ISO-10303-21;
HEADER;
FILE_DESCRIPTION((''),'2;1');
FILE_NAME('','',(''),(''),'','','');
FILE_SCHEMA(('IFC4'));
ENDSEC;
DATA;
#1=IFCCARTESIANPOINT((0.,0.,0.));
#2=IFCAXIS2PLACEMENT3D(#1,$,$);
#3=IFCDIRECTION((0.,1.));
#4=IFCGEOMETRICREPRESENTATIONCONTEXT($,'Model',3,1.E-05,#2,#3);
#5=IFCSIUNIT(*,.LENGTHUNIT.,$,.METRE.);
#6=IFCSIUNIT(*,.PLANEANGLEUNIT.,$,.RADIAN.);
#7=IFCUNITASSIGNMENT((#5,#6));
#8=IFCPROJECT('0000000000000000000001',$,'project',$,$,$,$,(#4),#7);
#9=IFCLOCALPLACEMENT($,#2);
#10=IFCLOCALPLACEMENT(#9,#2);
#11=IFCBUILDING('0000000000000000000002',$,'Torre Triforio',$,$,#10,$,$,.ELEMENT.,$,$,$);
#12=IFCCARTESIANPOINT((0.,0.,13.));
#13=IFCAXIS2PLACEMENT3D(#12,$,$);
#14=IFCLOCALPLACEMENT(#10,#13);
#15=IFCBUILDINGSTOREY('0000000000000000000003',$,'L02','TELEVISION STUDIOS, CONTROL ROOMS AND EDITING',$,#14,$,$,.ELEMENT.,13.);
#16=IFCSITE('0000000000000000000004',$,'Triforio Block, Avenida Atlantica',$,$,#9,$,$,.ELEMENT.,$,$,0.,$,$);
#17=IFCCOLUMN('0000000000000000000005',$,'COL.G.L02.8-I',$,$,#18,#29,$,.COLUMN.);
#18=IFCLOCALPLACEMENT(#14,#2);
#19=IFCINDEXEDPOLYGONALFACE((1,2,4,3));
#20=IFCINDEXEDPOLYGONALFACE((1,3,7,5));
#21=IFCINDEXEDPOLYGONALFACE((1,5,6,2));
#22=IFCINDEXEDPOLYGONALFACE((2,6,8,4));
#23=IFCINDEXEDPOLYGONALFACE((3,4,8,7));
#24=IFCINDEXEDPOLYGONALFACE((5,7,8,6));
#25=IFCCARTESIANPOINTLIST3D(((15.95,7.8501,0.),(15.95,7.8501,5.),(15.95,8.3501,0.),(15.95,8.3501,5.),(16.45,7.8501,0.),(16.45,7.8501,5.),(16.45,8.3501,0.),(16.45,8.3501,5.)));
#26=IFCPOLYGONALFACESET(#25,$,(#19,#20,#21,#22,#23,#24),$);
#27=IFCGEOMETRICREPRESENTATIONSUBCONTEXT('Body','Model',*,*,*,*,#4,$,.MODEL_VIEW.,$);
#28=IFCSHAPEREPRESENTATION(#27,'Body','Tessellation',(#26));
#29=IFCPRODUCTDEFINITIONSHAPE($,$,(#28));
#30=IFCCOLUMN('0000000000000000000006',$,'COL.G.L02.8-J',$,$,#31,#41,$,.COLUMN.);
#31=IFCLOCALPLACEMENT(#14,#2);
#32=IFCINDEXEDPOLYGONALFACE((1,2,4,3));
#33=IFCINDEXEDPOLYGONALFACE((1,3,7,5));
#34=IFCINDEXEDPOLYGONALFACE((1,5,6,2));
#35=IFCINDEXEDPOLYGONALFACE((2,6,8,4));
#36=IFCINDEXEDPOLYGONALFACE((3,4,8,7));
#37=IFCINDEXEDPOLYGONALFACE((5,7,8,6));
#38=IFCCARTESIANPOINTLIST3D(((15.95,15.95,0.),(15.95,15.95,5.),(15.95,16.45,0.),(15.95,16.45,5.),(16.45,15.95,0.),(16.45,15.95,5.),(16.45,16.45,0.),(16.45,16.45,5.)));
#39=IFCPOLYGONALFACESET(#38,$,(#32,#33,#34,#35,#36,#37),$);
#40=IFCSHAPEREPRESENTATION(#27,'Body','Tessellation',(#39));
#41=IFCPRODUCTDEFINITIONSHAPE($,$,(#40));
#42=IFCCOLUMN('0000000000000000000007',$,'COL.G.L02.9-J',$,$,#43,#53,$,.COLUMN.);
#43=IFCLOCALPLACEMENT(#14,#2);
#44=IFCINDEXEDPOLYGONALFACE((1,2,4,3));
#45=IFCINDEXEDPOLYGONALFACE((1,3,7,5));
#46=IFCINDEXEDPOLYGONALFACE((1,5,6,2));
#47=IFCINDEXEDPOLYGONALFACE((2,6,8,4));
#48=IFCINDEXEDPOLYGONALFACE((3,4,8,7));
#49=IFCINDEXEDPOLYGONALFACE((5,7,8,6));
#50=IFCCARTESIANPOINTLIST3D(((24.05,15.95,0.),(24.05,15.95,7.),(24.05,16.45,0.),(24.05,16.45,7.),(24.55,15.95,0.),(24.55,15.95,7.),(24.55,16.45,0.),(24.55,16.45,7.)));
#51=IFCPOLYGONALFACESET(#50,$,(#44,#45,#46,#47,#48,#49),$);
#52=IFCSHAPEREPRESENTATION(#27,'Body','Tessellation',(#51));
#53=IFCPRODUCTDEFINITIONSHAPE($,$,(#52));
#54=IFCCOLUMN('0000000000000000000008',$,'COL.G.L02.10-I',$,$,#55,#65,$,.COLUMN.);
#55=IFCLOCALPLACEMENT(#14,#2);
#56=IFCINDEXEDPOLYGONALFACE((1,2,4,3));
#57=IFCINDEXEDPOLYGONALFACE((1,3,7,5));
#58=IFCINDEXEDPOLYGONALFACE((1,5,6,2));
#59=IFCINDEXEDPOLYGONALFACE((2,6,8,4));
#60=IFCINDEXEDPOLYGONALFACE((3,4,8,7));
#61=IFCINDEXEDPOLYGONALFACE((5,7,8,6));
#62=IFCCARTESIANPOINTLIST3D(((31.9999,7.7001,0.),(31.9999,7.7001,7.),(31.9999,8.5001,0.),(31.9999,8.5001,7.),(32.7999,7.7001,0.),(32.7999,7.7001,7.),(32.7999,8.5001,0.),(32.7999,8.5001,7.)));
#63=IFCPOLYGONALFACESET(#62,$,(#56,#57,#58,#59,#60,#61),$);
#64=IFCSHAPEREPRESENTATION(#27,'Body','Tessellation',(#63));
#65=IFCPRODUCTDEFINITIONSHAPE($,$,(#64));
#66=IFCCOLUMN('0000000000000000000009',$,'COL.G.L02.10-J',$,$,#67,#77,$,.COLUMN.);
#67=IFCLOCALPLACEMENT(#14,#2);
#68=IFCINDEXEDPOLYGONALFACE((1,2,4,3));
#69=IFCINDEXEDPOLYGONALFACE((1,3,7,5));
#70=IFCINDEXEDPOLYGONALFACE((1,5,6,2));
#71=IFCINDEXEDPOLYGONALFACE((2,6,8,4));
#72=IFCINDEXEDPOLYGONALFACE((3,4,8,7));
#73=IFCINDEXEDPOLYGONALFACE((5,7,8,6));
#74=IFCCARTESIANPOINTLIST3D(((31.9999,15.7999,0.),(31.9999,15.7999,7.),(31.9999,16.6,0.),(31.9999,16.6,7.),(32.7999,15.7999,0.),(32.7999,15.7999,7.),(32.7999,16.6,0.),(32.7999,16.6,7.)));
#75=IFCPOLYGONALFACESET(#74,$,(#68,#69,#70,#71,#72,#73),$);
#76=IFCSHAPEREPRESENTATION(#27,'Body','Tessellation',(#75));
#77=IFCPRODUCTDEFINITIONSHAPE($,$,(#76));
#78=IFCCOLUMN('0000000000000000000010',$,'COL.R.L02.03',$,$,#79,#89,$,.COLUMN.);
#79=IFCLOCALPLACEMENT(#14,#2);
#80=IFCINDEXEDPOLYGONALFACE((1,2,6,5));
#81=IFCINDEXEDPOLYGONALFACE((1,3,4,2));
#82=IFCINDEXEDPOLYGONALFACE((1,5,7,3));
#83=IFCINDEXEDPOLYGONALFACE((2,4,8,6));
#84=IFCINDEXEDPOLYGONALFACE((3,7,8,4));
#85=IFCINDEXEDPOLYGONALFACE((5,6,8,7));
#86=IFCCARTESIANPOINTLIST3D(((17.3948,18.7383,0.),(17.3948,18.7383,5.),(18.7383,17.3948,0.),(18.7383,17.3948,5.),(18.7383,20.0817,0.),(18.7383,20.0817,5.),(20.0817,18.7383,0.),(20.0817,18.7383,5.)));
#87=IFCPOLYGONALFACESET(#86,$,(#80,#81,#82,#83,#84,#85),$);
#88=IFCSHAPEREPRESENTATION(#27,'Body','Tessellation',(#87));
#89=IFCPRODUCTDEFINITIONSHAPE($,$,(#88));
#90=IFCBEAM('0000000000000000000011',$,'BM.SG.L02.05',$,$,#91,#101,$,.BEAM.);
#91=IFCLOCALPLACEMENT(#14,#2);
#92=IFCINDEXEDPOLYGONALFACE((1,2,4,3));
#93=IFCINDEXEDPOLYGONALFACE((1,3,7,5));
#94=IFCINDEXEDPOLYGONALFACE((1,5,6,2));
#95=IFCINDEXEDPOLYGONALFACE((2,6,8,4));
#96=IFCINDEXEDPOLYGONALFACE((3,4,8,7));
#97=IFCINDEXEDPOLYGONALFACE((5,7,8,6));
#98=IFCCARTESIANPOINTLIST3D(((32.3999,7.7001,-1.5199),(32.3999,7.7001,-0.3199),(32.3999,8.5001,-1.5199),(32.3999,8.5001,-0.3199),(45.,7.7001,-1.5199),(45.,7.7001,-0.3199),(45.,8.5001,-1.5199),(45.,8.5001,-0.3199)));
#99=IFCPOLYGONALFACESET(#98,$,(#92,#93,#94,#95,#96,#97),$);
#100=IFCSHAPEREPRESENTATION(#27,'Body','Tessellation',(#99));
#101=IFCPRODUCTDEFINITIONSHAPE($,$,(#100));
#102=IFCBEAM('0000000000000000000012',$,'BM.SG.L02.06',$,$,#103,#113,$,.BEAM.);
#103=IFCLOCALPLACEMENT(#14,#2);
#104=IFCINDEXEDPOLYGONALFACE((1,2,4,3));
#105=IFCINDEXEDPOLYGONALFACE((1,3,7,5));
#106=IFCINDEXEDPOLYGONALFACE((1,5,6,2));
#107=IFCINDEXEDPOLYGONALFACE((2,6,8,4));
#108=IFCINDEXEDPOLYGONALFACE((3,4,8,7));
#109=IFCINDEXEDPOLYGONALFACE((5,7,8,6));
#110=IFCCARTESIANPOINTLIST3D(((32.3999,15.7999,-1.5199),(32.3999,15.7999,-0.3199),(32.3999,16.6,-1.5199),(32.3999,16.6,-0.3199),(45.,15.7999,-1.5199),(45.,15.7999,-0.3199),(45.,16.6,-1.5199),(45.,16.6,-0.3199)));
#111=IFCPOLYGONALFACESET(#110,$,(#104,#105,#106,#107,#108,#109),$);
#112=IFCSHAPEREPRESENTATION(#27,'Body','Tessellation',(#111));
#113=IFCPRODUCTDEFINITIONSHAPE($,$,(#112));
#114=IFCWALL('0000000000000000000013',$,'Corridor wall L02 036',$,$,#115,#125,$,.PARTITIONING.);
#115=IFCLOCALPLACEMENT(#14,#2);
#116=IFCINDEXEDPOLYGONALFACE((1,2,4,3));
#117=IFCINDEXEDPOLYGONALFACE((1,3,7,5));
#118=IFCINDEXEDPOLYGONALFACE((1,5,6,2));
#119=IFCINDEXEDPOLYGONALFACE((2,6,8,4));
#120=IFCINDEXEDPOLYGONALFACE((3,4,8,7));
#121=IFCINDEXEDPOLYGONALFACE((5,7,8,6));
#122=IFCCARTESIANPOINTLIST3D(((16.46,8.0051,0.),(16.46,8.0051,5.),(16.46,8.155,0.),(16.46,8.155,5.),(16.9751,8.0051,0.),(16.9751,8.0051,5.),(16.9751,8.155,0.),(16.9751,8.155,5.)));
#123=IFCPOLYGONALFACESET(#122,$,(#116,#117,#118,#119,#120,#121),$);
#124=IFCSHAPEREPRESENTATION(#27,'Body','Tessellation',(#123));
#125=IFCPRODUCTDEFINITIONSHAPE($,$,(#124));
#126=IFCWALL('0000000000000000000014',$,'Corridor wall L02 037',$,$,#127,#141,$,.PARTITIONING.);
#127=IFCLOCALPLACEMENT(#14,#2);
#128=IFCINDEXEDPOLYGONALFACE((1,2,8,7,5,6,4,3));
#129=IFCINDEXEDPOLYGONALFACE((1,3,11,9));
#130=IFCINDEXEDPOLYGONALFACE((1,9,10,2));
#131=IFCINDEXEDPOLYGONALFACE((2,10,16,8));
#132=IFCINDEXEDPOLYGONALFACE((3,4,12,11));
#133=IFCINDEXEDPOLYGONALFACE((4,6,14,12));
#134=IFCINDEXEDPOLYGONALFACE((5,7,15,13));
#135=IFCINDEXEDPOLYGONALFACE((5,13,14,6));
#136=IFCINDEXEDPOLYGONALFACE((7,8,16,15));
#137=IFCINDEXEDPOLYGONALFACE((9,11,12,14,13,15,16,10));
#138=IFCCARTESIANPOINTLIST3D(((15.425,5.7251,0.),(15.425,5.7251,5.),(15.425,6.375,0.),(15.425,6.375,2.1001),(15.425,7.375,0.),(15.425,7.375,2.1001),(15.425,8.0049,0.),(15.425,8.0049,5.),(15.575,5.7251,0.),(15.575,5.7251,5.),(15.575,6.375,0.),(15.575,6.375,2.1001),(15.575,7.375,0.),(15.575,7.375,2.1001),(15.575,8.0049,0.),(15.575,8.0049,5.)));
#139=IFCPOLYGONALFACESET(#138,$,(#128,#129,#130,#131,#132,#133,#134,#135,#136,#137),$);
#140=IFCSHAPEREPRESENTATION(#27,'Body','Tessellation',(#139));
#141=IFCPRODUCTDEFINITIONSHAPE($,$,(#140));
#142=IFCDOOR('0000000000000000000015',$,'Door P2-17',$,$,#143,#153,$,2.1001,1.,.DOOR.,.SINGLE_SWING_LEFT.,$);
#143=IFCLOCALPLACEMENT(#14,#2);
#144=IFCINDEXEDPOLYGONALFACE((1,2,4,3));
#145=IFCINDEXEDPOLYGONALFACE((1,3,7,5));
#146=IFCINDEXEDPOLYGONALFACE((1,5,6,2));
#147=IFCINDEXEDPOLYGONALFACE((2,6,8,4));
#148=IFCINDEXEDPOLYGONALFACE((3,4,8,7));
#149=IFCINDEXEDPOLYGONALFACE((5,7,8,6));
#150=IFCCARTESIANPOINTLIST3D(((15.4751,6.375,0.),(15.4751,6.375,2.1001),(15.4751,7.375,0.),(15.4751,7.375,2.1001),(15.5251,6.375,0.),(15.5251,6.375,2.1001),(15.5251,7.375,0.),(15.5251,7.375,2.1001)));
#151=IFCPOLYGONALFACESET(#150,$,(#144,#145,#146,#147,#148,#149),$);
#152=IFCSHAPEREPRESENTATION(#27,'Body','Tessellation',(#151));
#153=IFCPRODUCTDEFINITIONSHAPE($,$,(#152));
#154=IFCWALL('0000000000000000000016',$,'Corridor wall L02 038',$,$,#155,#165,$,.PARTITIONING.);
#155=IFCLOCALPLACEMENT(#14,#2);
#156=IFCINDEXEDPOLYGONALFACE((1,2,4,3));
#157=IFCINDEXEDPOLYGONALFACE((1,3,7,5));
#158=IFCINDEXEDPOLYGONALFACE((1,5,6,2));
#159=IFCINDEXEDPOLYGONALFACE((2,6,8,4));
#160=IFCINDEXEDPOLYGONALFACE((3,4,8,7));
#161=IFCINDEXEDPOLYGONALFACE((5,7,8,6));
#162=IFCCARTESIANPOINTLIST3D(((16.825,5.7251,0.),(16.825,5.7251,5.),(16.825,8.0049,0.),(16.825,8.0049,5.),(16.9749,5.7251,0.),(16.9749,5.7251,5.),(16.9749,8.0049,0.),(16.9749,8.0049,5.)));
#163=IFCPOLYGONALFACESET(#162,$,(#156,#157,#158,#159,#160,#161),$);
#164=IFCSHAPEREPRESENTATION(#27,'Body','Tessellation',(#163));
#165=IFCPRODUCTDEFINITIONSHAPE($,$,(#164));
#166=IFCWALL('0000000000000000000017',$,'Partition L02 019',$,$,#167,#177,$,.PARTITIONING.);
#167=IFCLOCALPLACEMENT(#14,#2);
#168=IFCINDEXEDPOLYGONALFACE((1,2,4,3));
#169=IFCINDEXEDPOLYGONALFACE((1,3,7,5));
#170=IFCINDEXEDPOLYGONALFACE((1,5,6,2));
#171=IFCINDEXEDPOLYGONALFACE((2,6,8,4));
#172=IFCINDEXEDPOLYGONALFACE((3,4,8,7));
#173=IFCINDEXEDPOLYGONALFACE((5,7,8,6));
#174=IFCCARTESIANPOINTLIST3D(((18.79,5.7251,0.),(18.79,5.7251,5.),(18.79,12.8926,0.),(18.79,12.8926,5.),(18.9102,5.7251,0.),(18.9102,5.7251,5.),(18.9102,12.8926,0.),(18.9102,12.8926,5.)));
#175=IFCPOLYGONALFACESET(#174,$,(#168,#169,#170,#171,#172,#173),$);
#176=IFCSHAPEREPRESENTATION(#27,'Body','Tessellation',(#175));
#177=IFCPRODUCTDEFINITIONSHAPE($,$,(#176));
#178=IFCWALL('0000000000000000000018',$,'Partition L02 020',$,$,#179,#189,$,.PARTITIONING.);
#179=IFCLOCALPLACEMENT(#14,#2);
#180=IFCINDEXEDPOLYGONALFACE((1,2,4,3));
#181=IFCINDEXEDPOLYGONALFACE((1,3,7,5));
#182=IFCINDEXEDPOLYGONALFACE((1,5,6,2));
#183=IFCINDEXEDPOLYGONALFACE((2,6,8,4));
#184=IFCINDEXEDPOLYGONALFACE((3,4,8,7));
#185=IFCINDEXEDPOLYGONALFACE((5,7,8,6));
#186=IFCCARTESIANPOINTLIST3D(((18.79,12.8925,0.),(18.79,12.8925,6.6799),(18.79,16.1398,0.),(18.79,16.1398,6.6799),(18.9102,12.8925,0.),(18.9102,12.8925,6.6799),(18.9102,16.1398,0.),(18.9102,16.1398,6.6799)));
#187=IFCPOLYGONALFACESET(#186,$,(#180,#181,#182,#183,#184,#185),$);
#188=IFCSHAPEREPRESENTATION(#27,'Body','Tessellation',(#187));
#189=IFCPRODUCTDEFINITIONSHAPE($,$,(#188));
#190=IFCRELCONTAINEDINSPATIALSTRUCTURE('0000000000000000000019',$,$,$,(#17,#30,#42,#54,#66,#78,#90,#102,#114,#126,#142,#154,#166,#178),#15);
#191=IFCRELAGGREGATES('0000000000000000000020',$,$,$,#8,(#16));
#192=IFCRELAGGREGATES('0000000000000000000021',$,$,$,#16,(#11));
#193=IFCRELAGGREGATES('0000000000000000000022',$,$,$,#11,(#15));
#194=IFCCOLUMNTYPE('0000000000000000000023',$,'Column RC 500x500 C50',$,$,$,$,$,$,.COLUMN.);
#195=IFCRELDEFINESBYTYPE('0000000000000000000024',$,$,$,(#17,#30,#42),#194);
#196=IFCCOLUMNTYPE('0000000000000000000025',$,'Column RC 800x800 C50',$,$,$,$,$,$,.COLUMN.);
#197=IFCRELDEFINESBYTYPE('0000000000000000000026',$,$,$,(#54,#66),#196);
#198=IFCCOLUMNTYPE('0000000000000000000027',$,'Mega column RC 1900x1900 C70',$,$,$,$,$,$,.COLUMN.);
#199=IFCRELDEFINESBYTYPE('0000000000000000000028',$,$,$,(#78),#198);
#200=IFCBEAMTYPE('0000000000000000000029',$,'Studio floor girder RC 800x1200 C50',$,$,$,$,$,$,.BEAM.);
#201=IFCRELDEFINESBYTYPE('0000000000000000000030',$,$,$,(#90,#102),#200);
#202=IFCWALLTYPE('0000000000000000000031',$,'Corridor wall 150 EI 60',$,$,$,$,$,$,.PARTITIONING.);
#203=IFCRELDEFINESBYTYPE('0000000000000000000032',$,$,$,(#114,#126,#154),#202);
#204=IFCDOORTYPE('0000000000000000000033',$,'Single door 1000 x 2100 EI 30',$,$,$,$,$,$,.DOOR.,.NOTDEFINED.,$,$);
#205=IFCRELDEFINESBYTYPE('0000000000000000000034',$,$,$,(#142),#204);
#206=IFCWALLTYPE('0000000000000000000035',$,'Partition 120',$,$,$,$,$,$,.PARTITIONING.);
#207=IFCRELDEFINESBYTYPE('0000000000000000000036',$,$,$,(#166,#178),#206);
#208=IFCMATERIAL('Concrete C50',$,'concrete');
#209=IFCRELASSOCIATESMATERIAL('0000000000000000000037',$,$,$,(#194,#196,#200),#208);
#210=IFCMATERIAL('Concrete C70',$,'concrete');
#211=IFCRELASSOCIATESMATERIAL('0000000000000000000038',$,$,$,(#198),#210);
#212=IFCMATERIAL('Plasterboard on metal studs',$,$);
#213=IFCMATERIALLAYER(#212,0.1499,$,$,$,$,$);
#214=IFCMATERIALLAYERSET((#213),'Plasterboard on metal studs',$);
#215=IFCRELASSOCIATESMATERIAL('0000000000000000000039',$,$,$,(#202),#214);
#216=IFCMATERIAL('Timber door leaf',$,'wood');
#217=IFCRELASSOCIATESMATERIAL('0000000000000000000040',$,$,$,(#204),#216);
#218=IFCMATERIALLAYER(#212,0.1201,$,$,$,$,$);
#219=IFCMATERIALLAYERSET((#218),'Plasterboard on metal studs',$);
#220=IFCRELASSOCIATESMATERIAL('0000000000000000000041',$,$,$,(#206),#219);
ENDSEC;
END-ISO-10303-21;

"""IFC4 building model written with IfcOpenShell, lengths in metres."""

from ifc_helpers import new_model, si_unit, direction, frame, frame_2d, origin, origin_2d, place, context, subcontext, project, spatial, rectangle, extrude, material, layer, layer_set, material_profile, profile_set, type_object, element, fill, save


model = new_model("IFC4")

# Units and contexts
model_context = context("Model", 3, precision=1e-05, world=origin(), true_north=direction((0.0, 1.0)))
body_context = subcontext(model_context, "Body", "Model", "MODEL_VIEW")
ifc_project = project(units=[si_unit("LENGTHUNIT", "METRE"), si_unit("PLANEANGLEUNIT", "RADIAN")], contexts=[model_context])

# Site, building, storey
site_placement = place(None, origin())
site = spatial("IfcSite", under=ifc_project, at=site_placement, Name="Triforio Block, Avenida Atlantica", CompositionType="ELEMENT", RefElevation=0.0)
building_placement = place(site_placement, origin())
building = spatial("IfcBuilding", under=site, at=building_placement, Name="Torre Triforio", CompositionType="ELEMENT")
storey_placement = place(building_placement, frame((0.0, 0.0, 13.0)))
storey = spatial("IfcBuildingStorey", under=building, at=storey_placement, Name="L02", Description="TELEVISION STUDIOS, CONTROL ROOMS AND EDITING", CompositionType="ELEMENT", Elevation=13.0)

# Columns
ifc_material_1 = material(Name="Concrete C50", Category="concrete")
ifc_material_profile_1 = material_profile(ifc_material_1, rectangle(XDim=0.5, YDim=0.5, at=origin_2d()), Name="RC 500x500")
ifc_profile_set_1 = profile_set([ifc_material_profile_1], Name="Concrete C50")
column_type_1 = type_object("IfcColumnType", Name="Column RC 500x500 C50", PredefinedType="COLUMN", material=ifc_profile_set_1)
for number, where, z_axis, x_axis, name in (
    (1, (16.2, 8.1001, 0.0), (0.0, 0.0, 1.0), (1.0, 0.0, 0.0), "COL.G.L02.8-I"),
    (2, (16.2, 16.2, 0.0), (0.0, 0.0, 1.0), (1.0, 0.0, 0.0), "COL.G.L02.8-J"),
):
    element("IfcColumn", number, at=place(storey_placement, frame(where, z_axis=z_axis, x_axis=x_axis)), inside=storey, type_object=column_type_1, Name=name, PredefinedType="COLUMN", context=body_context, shape_type="SweptSolid", body=[
        extrude(rectangle(XDim=0.5, YDim=0.5, at=origin_2d()), origin(), (0.0, 0.0, 1.0), 5.0),
    ])
column_1_placement = place(storey_placement, frame((24.3, 16.2, 0.0), z_axis=(0.0, 0.0, 1.0), x_axis=(1.0, 0.0, 0.0)))
element("IfcColumn", 3, at=column_1_placement, inside=storey, type_object=column_type_1, Name="COL.G.L02.9-J", PredefinedType="COLUMN", context=body_context, shape_type="SweptSolid", body=[
    extrude(rectangle(XDim=0.5, YDim=0.5, at=origin_2d()), origin(), (0.0, 0.0, 1.0), 7.0),
])
ifc_material_profile_2 = material_profile(ifc_material_1, rectangle(XDim=0.8, YDim=0.8, at=origin_2d()), Name="RC 800x800")
ifc_profile_set_2 = profile_set([ifc_material_profile_2], Name="Concrete C50")
column_type_2 = type_object("IfcColumnType", Name="Column RC 800x800 C50", PredefinedType="COLUMN", material=ifc_profile_set_2)
for number, where, z_axis, x_axis, name in (
    (4, (32.3999, 8.1001, 0.0), (0.0, 0.0, 1.0), (1.0, 0.0, 0.0), "COL.G.L02.10-I"),
    (5, (32.3999, 16.2, 0.0), (0.0, 0.0, 1.0), (1.0, 0.0, 0.0), "COL.G.L02.10-J"),
):
    element("IfcColumn", number, at=place(storey_placement, frame(where, z_axis=z_axis, x_axis=x_axis)), inside=storey, type_object=column_type_2, Name=name, PredefinedType="COLUMN", context=body_context, shape_type="SweptSolid", body=[
        extrude(rectangle(XDim=0.8, YDim=0.8, at=origin_2d()), origin(), (0.0, 0.0, 1.0), 7.0),
    ])
ifc_material_2 = material(Name="Concrete C70", Category="concrete")
ifc_material_profile_3 = material_profile(ifc_material_2, rectangle(XDim=1.8999, YDim=1.8999, at=origin_2d()), Name="RC 1900x1900")
ifc_profile_set_3 = profile_set([ifc_material_profile_3], Name="Concrete C70")
column_type_3 = type_object("IfcColumnType", Name="Mega column RC 1900x1900 C70", PredefinedType="COLUMN", material=ifc_profile_set_3)
column_2_placement = place(storey_placement, frame((18.7383, 18.7383, 0.0), z_axis=(0.0, 0.0, 1.0), x_axis=(-0.707107, 0.707107, 0.0)))
element("IfcColumn", 6, at=column_2_placement, inside=storey, type_object=column_type_3, Name="COL.R.L02.03", PredefinedType="COLUMN", context=body_context, shape_type="SweptSolid", body=[
    extrude(rectangle(XDim=1.8999, YDim=1.8999, at=origin_2d()), origin(), (0.0, 0.0, 1.0), 5.0),
])

# Beams
ifc_material_profile_4 = material_profile(ifc_material_1, rectangle(XDim=0.8, YDim=1.2, at=origin_2d()), Name="RC 800x1200")
ifc_profile_set_4 = profile_set([ifc_material_profile_4], Name="Concrete C50")
beam_type = type_object("IfcBeamType", Name="Studio floor girder RC 800x1200 C50", PredefinedType="BEAM", material=ifc_profile_set_4)
for number, where, z_axis, x_axis, name in (
    (7, (32.3999, 8.1001, -0.9199), (1.0, 0.0, 0.0), (0.0, 1.0, 0.0), "BM.SG.L02.05"),
    (8, (32.3999, 16.2, -0.9199), (1.0, 0.0, 0.0), (0.0, 1.0, 0.0), "BM.SG.L02.06"),
):
    element("IfcBeam", number, at=place(storey_placement, frame(where, z_axis=z_axis, x_axis=x_axis)), inside=storey, type_object=beam_type, Name=name, PredefinedType="BEAM", context=body_context, shape_type="SweptSolid", body=[
        extrude(rectangle(XDim=0.8, YDim=1.2, at=origin_2d()), origin(), (0.0, 0.0, 1.0), 12.6001),
    ])

# Wall
ifc_material_3 = material(Name="Plasterboard on metal studs")
ifc_layer_1 = layer(ifc_material_3, 0.1499)
ifc_layer_set_1 = layer_set([ifc_layer_1], Name="Plasterboard on metal studs")
wall_type_1 = type_object("IfcWallType", Name="Corridor wall 150 EI 60", PredefinedType="PARTITIONING", material=ifc_layer_set_1)
wall_1_placement = place(storey_placement, frame((16.46, 8.0801, 0.0), z_axis=(0.0, 0.0, 1.0), x_axis=(1.0, 0.0, 0.0)))
element("IfcWall", 9, at=wall_1_placement, inside=storey, type_object=wall_type_1, Name="Corridor wall L02 036", PredefinedType="PARTITIONING", context=body_context, shape_type="SweptSolid", body=[
    extrude(rectangle(XDim=0.5151, YDim=0.1499, at=frame_2d((0.2576, 0.0))), origin(), (0.0, 0.0, 1.0), 5.0),
])

# Wall, opening, door
wall_2_placement = place(storey_placement, frame((15.5, 5.7251, 0.0), z_axis=(0.0, 0.0, 1.0), x_axis=(0.0, 1.0, 0.0)))
wall_2 = element("IfcWall", 10, at=wall_2_placement, inside=storey, type_object=wall_type_1, Name="Corridor wall L02 037", PredefinedType="PARTITIONING", context=body_context, shape_type="SweptSolid", body=[
    extrude(rectangle(XDim=2.2798, YDim=0.1499, at=frame_2d((1.1399, 0.0))), origin(), (0.0, 0.0, 1.0), 5.0),
])
opening_placement = place(wall_2_placement, frame((0.6499, 0.0, 0.0)))
opening = element("IfcOpeningElement", 11, at=opening_placement, cuts=wall_2, PredefinedType="OPENING", context=body_context, shape_type="SweptSolid", body=[
    extrude(rectangle(XDim=1.0, YDim=2.1001, at=frame_2d((0.5, 1.05))), frame((0.0, 0.085, 0.0), z_axis=(0.0, -1.0, 0.0), x_axis=(1.0, 0.0, 0.0)), (0.0, 0.0, 1.0), 0.1699),
])
ifc_material_4 = material(Name="Timber door leaf", Category="wood")
door_type = type_object("IfcDoorType", Name="Single door 1000 x 2100 EI 30", OperationType="NOTDEFINED", PredefinedType="DOOR", material=ifc_material_4)
door_placement = place(opening_placement, origin())
door = element("IfcDoor", 12, at=door_placement, inside=storey, type_object=door_type, Name="Door P2-17", OperationType="SINGLE_SWING_LEFT", OverallHeight=2.1001, OverallWidth=1.0, PredefinedType="DOOR", context=body_context, shape_type="SweptSolid", body=[
    extrude(rectangle(XDim=1.0, YDim=2.1001, at=frame_2d((0.5, 1.05))), frame((0.0, 0.0249, 0.0), z_axis=(0.0, -1.0, 0.0), x_axis=(1.0, 0.0, 0.0)), (0.0, 0.0, 1.0), 0.05),
])
fill(opening, door)

# Walls
wall_3_placement = place(storey_placement, frame((16.8999, 5.7251, 0.0), z_axis=(0.0, 0.0, 1.0), x_axis=(0.0, 1.0, 0.0)))
element("IfcWall", 13, at=wall_3_placement, inside=storey, type_object=wall_type_1, Name="Corridor wall L02 038", PredefinedType="PARTITIONING", context=body_context, shape_type="SweptSolid", body=[
    extrude(rectangle(XDim=2.2798, YDim=0.1499, at=frame_2d((1.1399, 0.0))), origin(), (0.0, 0.0, 1.0), 5.0),
])
ifc_layer_2 = layer(ifc_material_3, 0.1201)
ifc_layer_set_2 = layer_set([ifc_layer_2], Name="Plasterboard on metal studs")
wall_type_2 = type_object("IfcWallType", Name="Partition 120", PredefinedType="PARTITIONING", material=ifc_layer_set_2)
wall_4_placement = place(storey_placement, frame((18.8501, 5.7251, 0.0), z_axis=(0.0, 0.0, 1.0), x_axis=(0.0, 1.0, 0.0)))
element("IfcWall", 14, at=wall_4_placement, inside=storey, type_object=wall_type_2, Name="Partition L02 019", PredefinedType="PARTITIONING", context=body_context, shape_type="SweptSolid", body=[
    extrude(rectangle(XDim=7.1675, YDim=0.1201, at=frame_2d((3.5837, 0.0))), origin(), (0.0, 0.0, 1.0), 5.0),
])
wall_5_placement = place(storey_placement, frame((18.8501, 12.8926, 0.0), z_axis=(0.0, 0.0, 1.0), x_axis=(0.0, 1.0, 0.0)))
element("IfcWall", 15, at=wall_5_placement, inside=storey, type_object=wall_type_2, Name="Partition L02 020", PredefinedType="PARTITIONING", context=body_context, shape_type="SweptSolid", body=[
    extrude(rectangle(XDim=3.2473, YDim=0.1201, at=frame_2d((1.6235, 0.0))), origin(), (0.0, 0.0, 1.0), 6.6799),
])

save(model, "model.ifc")
